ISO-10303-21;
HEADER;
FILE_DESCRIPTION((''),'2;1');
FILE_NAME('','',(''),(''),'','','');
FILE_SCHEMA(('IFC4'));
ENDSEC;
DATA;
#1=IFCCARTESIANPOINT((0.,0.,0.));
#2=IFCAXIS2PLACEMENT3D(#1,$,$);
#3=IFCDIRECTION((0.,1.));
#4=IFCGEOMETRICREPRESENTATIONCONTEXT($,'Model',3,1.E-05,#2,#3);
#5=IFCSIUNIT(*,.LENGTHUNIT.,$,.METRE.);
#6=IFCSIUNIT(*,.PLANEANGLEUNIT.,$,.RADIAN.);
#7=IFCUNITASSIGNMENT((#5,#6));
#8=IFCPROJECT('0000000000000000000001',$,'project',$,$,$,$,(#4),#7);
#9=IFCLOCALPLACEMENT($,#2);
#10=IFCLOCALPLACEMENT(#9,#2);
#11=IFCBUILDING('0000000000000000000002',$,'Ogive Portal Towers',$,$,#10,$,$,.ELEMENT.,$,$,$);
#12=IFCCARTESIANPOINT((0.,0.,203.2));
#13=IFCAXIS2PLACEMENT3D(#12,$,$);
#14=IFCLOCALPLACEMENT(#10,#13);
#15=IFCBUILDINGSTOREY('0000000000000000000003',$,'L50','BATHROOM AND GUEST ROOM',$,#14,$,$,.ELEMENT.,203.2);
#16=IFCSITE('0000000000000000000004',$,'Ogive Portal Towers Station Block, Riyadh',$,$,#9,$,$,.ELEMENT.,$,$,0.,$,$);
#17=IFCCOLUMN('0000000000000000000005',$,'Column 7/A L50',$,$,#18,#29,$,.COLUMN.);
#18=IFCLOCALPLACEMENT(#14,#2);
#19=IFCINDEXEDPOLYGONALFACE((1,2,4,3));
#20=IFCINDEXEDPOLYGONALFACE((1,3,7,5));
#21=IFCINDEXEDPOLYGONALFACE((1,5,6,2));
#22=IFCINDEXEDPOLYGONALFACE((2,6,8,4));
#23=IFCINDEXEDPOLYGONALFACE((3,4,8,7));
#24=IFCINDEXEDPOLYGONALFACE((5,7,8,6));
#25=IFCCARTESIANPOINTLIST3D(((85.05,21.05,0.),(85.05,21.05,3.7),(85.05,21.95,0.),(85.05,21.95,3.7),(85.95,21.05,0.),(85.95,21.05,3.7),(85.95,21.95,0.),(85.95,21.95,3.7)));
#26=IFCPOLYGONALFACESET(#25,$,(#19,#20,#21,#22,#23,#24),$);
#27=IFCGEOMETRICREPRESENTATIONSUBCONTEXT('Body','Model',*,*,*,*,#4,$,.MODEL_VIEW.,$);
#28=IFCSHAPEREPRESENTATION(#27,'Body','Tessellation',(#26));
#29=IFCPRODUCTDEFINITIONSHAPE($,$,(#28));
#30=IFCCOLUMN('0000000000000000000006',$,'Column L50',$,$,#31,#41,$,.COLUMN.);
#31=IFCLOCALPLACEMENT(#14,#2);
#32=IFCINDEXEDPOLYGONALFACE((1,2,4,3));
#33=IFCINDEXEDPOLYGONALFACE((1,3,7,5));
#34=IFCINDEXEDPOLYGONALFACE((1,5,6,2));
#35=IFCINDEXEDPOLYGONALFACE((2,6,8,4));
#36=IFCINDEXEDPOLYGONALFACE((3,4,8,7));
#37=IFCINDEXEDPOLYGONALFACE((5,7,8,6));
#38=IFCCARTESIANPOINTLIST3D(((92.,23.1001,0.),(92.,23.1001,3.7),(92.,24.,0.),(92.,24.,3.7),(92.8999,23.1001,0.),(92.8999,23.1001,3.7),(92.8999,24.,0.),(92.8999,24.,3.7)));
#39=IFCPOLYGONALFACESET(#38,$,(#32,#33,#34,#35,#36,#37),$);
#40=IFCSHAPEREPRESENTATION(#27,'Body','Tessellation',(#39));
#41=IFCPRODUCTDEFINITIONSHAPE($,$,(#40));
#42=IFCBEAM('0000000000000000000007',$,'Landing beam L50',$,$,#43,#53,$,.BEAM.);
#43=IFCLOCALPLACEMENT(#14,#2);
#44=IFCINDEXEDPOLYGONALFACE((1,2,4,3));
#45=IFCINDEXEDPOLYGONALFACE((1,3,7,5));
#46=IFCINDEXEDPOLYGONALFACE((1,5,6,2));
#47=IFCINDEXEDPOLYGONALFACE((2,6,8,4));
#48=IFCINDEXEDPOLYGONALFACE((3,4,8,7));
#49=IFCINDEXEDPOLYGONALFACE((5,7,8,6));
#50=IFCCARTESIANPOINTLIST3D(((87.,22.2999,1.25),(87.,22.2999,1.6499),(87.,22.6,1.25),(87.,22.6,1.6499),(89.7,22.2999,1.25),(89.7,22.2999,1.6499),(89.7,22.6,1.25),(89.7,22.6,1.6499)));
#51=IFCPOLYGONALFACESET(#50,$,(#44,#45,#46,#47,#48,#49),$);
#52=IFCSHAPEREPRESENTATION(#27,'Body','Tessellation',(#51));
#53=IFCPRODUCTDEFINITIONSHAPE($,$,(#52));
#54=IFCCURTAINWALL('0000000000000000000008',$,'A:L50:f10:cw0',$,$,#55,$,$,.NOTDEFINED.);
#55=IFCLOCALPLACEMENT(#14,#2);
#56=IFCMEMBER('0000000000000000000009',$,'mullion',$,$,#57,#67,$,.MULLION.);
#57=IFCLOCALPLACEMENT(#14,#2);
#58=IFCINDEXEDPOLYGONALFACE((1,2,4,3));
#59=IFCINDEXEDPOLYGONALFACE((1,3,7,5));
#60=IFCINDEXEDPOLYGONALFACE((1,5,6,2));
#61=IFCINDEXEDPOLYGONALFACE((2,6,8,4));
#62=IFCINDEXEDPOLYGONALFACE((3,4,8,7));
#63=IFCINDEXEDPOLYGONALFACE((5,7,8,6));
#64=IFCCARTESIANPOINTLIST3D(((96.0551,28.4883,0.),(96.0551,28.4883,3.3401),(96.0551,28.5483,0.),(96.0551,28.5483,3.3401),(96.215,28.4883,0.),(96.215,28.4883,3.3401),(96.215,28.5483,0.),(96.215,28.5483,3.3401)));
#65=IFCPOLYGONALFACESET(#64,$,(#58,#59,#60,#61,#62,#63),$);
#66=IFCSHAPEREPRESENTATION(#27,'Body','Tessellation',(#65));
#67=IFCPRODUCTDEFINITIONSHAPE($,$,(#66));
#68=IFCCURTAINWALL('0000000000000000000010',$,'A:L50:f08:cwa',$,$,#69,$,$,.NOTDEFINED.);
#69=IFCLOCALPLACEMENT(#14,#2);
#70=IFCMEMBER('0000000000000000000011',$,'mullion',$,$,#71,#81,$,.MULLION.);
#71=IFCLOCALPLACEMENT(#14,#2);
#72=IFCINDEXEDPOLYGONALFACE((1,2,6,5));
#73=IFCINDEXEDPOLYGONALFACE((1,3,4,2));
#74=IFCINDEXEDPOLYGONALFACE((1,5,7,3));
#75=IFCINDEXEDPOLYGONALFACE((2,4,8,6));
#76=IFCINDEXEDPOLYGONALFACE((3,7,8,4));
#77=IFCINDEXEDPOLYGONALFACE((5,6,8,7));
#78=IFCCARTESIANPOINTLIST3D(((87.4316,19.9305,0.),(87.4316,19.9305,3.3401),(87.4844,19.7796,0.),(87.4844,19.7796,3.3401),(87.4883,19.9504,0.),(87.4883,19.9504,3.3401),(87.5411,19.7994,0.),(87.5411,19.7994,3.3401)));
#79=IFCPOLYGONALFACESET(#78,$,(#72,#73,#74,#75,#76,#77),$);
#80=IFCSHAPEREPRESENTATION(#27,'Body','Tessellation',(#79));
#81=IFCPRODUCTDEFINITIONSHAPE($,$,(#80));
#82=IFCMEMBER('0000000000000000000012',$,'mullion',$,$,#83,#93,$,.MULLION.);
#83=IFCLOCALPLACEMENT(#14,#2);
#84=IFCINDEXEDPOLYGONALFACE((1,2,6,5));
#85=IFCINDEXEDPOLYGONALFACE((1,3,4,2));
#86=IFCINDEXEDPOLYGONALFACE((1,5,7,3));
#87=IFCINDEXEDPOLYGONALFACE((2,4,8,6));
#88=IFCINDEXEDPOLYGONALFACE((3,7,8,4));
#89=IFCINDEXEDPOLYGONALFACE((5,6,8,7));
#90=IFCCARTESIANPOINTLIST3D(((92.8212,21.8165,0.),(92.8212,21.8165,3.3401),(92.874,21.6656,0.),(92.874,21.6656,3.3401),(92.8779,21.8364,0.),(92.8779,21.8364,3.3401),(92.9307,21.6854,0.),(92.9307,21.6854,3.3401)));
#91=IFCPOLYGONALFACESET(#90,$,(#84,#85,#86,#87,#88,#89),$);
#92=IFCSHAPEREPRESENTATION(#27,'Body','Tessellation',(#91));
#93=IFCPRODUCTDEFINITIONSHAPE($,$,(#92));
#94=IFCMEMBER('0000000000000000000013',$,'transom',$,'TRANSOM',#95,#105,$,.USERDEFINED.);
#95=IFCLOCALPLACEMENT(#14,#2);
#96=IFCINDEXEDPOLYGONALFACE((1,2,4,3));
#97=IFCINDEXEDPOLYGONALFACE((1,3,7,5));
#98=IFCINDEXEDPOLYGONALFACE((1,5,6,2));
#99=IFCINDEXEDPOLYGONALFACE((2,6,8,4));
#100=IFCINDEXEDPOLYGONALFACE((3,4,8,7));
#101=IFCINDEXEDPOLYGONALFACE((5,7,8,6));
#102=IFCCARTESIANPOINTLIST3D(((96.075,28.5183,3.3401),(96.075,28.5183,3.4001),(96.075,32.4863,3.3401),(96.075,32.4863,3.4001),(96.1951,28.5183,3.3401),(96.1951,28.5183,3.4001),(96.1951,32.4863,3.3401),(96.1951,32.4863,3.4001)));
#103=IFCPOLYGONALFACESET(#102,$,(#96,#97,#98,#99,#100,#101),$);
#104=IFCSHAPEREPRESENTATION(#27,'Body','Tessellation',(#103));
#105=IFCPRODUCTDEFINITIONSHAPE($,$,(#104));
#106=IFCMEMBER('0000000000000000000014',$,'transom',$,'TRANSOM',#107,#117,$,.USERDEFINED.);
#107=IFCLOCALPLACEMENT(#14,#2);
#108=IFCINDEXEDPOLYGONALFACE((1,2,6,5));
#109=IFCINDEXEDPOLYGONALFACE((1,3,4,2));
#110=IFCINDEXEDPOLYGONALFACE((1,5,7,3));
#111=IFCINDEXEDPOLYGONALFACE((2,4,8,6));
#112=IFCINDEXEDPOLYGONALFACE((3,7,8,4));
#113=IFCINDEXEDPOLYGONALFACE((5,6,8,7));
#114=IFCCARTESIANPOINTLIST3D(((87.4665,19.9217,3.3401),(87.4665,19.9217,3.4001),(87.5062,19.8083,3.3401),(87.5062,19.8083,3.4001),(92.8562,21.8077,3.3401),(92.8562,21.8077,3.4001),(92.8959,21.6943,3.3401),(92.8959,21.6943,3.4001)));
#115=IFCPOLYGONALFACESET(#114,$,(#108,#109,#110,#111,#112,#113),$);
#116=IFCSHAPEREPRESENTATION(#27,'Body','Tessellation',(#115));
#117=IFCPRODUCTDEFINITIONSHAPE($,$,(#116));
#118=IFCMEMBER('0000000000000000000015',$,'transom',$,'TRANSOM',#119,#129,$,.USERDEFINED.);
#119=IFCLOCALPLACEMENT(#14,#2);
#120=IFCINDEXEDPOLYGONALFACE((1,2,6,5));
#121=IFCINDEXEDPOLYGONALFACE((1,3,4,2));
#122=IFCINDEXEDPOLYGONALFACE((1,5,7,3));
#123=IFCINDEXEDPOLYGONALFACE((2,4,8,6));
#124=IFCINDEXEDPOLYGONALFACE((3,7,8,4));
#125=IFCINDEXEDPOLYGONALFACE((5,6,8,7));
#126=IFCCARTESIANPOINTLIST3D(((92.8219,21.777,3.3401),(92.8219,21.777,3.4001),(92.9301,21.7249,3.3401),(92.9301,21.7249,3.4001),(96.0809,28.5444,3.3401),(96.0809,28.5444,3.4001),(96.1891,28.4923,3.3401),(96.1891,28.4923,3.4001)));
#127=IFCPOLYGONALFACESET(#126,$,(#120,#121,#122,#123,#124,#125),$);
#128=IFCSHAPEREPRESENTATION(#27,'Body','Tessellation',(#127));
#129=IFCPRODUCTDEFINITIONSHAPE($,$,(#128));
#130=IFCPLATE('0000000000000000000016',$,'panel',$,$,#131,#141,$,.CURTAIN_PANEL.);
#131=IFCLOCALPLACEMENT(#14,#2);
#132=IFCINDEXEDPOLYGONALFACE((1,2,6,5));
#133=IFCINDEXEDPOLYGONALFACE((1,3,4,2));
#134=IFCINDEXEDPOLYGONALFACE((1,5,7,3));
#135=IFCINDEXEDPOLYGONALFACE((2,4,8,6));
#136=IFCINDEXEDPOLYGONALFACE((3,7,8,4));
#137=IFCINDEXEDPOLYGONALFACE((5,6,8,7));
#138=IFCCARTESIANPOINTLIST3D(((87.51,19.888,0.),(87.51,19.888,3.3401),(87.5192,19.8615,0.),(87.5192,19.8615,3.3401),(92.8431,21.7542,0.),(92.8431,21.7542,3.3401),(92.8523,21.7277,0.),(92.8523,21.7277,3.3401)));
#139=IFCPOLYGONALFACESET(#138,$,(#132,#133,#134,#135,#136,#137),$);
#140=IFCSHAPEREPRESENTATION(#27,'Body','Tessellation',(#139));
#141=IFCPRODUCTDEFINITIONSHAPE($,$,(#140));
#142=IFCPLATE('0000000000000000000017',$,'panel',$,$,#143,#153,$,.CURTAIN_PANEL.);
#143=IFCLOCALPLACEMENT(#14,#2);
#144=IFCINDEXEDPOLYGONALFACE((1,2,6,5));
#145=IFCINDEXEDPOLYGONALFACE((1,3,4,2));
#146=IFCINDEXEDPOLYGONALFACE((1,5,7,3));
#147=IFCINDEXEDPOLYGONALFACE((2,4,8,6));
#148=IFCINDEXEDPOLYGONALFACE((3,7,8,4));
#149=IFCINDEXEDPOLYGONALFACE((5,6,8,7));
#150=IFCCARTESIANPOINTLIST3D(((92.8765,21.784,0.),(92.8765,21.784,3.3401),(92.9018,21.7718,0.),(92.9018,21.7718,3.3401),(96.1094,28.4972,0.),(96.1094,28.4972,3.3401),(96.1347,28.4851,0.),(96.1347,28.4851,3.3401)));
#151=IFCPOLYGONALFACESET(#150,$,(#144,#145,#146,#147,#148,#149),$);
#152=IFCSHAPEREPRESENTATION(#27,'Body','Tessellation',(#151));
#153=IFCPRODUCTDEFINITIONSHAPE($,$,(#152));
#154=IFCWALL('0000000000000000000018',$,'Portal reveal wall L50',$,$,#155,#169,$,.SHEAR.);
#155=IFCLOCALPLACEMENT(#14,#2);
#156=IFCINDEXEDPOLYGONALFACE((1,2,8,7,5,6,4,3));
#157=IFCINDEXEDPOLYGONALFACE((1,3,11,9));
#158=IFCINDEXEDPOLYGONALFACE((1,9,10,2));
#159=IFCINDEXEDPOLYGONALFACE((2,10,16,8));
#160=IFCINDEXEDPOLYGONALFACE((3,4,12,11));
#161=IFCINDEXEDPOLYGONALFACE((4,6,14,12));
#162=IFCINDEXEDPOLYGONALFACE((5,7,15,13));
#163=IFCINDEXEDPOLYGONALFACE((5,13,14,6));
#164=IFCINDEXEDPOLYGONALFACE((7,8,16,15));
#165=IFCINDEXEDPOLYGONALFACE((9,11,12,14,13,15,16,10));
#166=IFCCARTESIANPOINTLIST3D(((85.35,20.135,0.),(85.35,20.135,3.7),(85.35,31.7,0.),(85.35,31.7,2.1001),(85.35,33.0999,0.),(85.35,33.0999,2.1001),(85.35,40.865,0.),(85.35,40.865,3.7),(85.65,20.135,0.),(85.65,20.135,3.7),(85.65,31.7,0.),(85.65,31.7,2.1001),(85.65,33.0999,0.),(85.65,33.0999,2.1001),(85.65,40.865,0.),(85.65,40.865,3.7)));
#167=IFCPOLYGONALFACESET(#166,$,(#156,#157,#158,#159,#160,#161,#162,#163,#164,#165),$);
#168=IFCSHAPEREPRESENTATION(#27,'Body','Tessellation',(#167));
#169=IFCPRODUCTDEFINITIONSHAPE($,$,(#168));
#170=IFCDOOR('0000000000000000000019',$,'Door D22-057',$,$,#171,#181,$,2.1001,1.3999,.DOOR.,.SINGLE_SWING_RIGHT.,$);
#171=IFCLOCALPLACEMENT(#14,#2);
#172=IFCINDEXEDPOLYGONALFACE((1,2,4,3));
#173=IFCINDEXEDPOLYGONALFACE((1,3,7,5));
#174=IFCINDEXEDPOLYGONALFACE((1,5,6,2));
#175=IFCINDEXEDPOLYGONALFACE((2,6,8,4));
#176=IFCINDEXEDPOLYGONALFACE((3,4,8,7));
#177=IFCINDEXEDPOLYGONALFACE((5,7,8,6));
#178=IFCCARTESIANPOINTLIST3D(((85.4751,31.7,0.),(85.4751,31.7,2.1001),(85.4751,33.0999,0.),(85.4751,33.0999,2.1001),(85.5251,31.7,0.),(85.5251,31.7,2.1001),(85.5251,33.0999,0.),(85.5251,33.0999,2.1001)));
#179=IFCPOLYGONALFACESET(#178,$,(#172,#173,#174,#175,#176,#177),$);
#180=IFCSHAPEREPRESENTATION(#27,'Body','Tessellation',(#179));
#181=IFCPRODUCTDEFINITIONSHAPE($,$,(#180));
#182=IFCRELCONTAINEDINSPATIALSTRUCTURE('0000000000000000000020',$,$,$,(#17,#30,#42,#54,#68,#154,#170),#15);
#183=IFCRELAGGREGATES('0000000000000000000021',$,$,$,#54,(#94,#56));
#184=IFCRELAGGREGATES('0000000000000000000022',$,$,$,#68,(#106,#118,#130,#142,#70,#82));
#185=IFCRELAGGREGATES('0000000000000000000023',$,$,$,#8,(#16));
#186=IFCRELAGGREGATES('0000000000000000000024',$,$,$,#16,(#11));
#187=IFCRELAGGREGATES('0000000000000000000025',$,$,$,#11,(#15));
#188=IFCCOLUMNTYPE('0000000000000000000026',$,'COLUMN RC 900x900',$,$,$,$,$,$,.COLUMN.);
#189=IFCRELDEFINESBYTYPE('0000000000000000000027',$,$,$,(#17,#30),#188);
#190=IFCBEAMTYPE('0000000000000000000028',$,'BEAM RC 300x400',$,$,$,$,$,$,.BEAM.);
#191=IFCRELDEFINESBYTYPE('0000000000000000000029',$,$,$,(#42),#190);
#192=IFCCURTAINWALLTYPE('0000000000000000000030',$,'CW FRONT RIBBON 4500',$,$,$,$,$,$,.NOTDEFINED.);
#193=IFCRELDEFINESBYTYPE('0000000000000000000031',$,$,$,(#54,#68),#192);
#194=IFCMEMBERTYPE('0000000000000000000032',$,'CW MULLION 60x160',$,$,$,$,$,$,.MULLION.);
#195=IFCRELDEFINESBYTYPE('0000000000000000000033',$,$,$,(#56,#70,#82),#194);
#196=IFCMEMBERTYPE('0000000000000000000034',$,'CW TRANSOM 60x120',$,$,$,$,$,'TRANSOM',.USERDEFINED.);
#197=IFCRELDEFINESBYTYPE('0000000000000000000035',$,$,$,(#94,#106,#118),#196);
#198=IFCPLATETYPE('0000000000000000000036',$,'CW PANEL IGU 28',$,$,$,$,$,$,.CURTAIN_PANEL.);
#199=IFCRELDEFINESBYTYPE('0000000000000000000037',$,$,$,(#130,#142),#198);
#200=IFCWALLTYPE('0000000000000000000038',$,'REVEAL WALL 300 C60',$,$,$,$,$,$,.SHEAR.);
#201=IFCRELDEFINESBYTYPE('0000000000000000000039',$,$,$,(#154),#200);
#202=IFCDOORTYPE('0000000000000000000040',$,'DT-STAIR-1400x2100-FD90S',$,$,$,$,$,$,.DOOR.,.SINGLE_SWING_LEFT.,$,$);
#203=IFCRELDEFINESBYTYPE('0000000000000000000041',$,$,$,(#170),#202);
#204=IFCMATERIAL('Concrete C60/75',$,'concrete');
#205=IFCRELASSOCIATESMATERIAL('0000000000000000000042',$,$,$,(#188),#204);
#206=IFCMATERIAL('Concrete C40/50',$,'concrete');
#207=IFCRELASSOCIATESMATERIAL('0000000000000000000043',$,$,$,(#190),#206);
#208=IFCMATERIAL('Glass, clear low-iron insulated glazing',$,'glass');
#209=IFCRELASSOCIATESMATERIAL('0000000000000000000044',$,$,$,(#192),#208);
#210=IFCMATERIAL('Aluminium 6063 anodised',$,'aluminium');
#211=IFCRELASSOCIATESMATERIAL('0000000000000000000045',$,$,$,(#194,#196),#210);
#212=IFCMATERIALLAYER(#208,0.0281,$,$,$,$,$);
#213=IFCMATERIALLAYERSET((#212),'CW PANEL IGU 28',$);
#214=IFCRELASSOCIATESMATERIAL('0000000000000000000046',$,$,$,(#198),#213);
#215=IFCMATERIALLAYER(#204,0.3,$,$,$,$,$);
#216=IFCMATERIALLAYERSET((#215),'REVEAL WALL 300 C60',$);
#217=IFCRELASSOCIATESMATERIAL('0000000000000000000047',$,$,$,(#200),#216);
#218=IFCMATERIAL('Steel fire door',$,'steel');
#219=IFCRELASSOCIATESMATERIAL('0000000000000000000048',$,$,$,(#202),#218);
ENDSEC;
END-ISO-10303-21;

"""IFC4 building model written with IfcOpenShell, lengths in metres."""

from ifc_helpers import new_model, si_unit, direction, frame, frame_2d, origin, origin_2d, place, context, subcontext, project, spatial, rectangle, extrude, material, layer, layer_set, material_profile, profile_set, type_object, element, fill, aggregate, save


model = new_model("IFC4")

# Units and contexts
model_context = context("Model", 3, precision=1e-05, world=origin(), true_north=direction((0.0, 1.0)))
body_context = subcontext(model_context, "Body", "Model", "MODEL_VIEW")
ifc_project = project(units=[si_unit("LENGTHUNIT", "METRE"), si_unit("PLANEANGLEUNIT", "RADIAN")], contexts=[model_context])

# Site, building, storey
site_placement = place(None, origin())
site = spatial("IfcSite", under=ifc_project, at=site_placement, Name="Ogive Portal Towers Station Block, Riyadh", CompositionType="ELEMENT", RefElevation=0.0)
building_placement = place(site_placement, origin())
building = spatial("IfcBuilding", under=site, at=building_placement, Name="Ogive Portal Towers", CompositionType="ELEMENT")
storey_placement = place(building_placement, frame((0.0, 0.0, 203.2)))
storey = spatial("IfcBuildingStorey", under=building, at=storey_placement, Name="L50", Description="BATHROOM AND GUEST ROOM", CompositionType="ELEMENT", Elevation=203.2)

# Columns
ifc_material_1 = material(Name="Concrete C60/75", Category="concrete")
ifc_material_profile_1 = material_profile(ifc_material_1, rectangle(XDim=0.8999, YDim=0.8999, at=origin_2d()), Name="RC 900x900")
ifc_profile_set_1 = profile_set([ifc_material_profile_1], Name="Concrete C60/75")
column_type = type_object("IfcColumnType", Name="COLUMN RC 900x900", PredefinedType="COLUMN", material=ifc_profile_set_1)
for number, where, z_axis, x_axis, name in (
    (1, (85.5, 21.5, 0.0), (0.0, 0.0, 1.0), (1.0, 0.0, 0.0), "Column 7/A L50"),
    (2, (92.45, 23.55, 0.0), (0.0, 0.0, 1.0), (1.0, 0.0, 0.0), "Column L50"),
):
    element("IfcColumn", number, at=place(storey_placement, frame(where, z_axis=z_axis, x_axis=x_axis)), inside=storey, type_object=column_type, Name=name, PredefinedType="COLUMN", context=body_context, shape_type="SweptSolid", body=[
        extrude(rectangle(XDim=0.8999, YDim=0.8999, at=origin_2d()), origin(), (0.0, 0.0, 1.0), 3.7),
    ])

# Beam
ifc_material_2 = material(Name="Concrete C40/50", Category="concrete")
ifc_material_profile_2 = material_profile(ifc_material_2, rectangle(XDim=0.3, YDim=0.3999, at=origin_2d()), Name="RC 300x400")
ifc_profile_set_2 = profile_set([ifc_material_profile_2], Name="Concrete C40/50")
beam_type = type_object("IfcBeamType", Name="BEAM RC 300x400", PredefinedType="BEAM", material=ifc_profile_set_2)
beam_placement = place(storey_placement, frame((87.0, 22.45, 1.45), z_axis=(1.0, 0.0, 0.0), x_axis=(0.0, 1.0, 0.0)))
element("IfcBeam", 3, at=beam_placement, inside=storey, type_object=beam_type, Name="Landing beam L50", PredefinedType="BEAM", context=body_context, shape_type="SweptSolid", body=[
    extrude(rectangle(XDim=0.3, YDim=0.3999, at=origin_2d()), origin(), (0.0, 0.0, 1.0), 2.7),
])

# Curtain wall, member
ifc_material_3 = material(Name="Glass, clear low-iron insulated glazing", Category="glass")
curtain_wall_type = type_object("IfcCurtainWallType", Name="CW FRONT RIBBON 4500", PredefinedType="NOTDEFINED", material=ifc_material_3)
curtain_wall_1_placement = place(storey_placement, origin())
curtain_wall_1 = element("IfcCurtainWall", 4, at=curtain_wall_1_placement, inside=storey, type_object=curtain_wall_type, Name="A:L50:f10:cw0", PredefinedType="NOTDEFINED")
ifc_material_4 = material(Name="Aluminium 6063 anodised", Category="aluminium")
ifc_material_profile_3 = material_profile(ifc_material_4, rectangle(XDim=0.1599, YDim=0.0601, at=origin_2d()), Name="AL 60x160")
ifc_profile_set_3 = profile_set([ifc_material_profile_3], Name="Aluminium 6063 anodised")
member_type_1 = type_object("IfcMemberType", Name="CW MULLION 60x160", PredefinedType="MULLION", material=ifc_profile_set_3)
member_1_placement = place(storey_placement, frame((96.135, 28.5183, 0.0), z_axis=(0.0, 0.0, 1.0), x_axis=(-1.0, 0.0, 0.0)))
member_1 = element("IfcMember", 5, at=member_1_placement, type_object=member_type_1, Name="mullion", PredefinedType="MULLION", context=body_context, shape_type="SweptSolid", body=[
    extrude(rectangle(XDim=0.1599, YDim=0.0601, at=origin_2d()), origin(), (0.0, 0.0, 1.0), 3.3401),
])

# Curtain wall, members
curtain_wall_2_placement = place(storey_placement, origin())
curtain_wall_2 = element("IfcCurtainWall", 6, at=curtain_wall_2_placement, inside=storey, type_object=curtain_wall_type, Name="A:L50:f08:cwa", PredefinedType="NOTDEFINED")
member_2_placement = place(storey_placement, frame((87.4863, 19.865, 0.0), z_axis=(0.0, 0.0, 1.0), x_axis=(-0.330279, 0.943883, 0.0)))
member_2 = element("IfcMember", 7, at=member_2_placement, type_object=member_type_1, Name="mullion", PredefinedType="MULLION", context=body_context, shape_type="SweptSolid", body=[
    extrude(rectangle(XDim=0.1599, YDim=0.0601, at=origin_2d()), origin(), (0.0, 0.0, 1.0), 3.3401),
])
member_3_placement = place(storey_placement, frame((92.876, 21.751, 0.0), z_axis=(0.0, 0.0, 1.0), x_axis=(-0.330279, 0.943883, 0.0)))
member_3 = element("IfcMember", 8, at=member_3_placement, type_object=member_type_1, Name="mullion", PredefinedType="MULLION", context=body_context, shape_type="SweptSolid", body=[
    extrude(rectangle(XDim=0.1599, YDim=0.0601, at=origin_2d()), origin(), (0.0, 0.0, 1.0), 3.3401),
])

# Members
ifc_material_profile_4 = material_profile(ifc_material_4, rectangle(XDim=0.1201, YDim=0.0601, at=origin_2d()), Name="AL 120x60")
ifc_profile_set_4 = profile_set([ifc_material_profile_4], Name="Aluminium 6063 anodised")
member_type_2 = type_object("IfcMemberType", Name="CW TRANSOM 60x120", ElementType="TRANSOM", PredefinedType="USERDEFINED", material=ifc_profile_set_4)
member_4_placement = place(storey_placement, frame((96.135, 28.5183, 3.3701), z_axis=(0.0, 1.0, 0.0), x_axis=(-1.0, 0.0, 0.0)))
member_4 = element("IfcMember", 9, at=member_4_placement, type_object=member_type_2, Name="transom", ObjectType="TRANSOM", PredefinedType="USERDEFINED", context=body_context, shape_type="SweptSolid", body=[
    extrude(rectangle(XDim=0.1201, YDim=0.0601, at=origin_2d()), origin(), (0.0, 0.0, 1.0), 3.968),
])
aggregate(curtain_wall_1, [member_4, member_1])
member_5_placement = place(storey_placement, frame((87.4863, 19.865, 3.3701), z_axis=(0.94388, 0.330289, 0.0), x_axis=(-0.330289, 0.94388, 0.0)))
member_5 = element("IfcMember", 10, at=member_5_placement, type_object=member_type_2, Name="transom", ObjectType="TRANSOM", PredefinedType="USERDEFINED", context=body_context, shape_type="SweptSolid", body=[
    extrude(rectangle(XDim=0.1201, YDim=0.0601, at=origin_2d()), origin(), (0.0, 0.0, 1.0), 5.7102),
])
member_6_placement = place(storey_placement, frame((92.876, 21.751, 3.3701), z_axis=(0.43389, 0.900966, 0.0), x_axis=(-0.900966, 0.43389, 0.0)))
member_6 = element("IfcMember", 11, at=member_6_placement, type_object=member_type_2, Name="transom", ObjectType="TRANSOM", PredefinedType="USERDEFINED", context=body_context, shape_type="SweptSolid", body=[
    extrude(rectangle(XDim=0.1201, YDim=0.0601, at=origin_2d()), origin(), (0.0, 0.0, 1.0), 7.5112),
])

# Plates
ifc_layer_1 = layer(ifc_material_3, 0.0281)
ifc_layer_set_1 = layer_set([ifc_layer_1], Name="CW PANEL IGU 28")
plate_type = type_object("IfcPlateType", Name="CW PANEL IGU 28", PredefinedType="CURTAIN_PANEL", material=ifc_layer_set_1)
plate_1_placement = place(storey_placement, frame((90.1812, 20.8079, 0.0), z_axis=(0.0, 0.0, 1.0), x_axis=(0.943883, 0.330279, 0.0)))
plate_1 = element("IfcPlate", 12, at=plate_1_placement, type_object=plate_type, Name="panel", PredefinedType="CURTAIN_PANEL", context=body_context, shape_type="SweptSolid", body=[
    extrude(rectangle(XDim=5.6501, YDim=0.0281, at=origin_2d()), origin(), (0.0, 0.0, 1.0), 3.3401),
])
plate_2_placement = place(storey_placement, frame((94.5056, 25.1345, 0.0), z_axis=(0.0, 0.0, 1.0), x_axis=(0.433884, 0.900969, 0.0)))
plate_2 = element("IfcPlate", 13, at=plate_2_placement, type_object=plate_type, Name="panel", PredefinedType="CURTAIN_PANEL", context=body_context, shape_type="SweptSolid", body=[
    extrude(rectangle(XDim=7.4512, YDim=0.0281, at=origin_2d()), origin(), (0.0, 0.0, 1.0), 3.3401),
])
aggregate(curtain_wall_2, [member_5, member_6, plate_1, plate_2, member_2, member_3])

# Wall, opening, door
ifc_layer_2 = layer(ifc_material_1, 0.3)
ifc_layer_set_2 = layer_set([ifc_layer_2], Name="REVEAL WALL 300 C60")
wall_type_1 = type_object("IfcWallType", Name="REVEAL WALL 300 C60", PredefinedType="SHEAR", material=ifc_layer_set_2)
wall_1_placement = place(storey_placement, frame((85.5, 20.135, 0.0), z_axis=(0.0, 0.0, 1.0), x_axis=(0.0, 1.0, 0.0)))
wall_1 = element("IfcWall", 14, at=wall_1_placement, inside=storey, type_object=wall_type_1, Name="Portal reveal wall L50", PredefinedType="SHEAR", context=body_context, shape_type="SweptSolid", body=[
    extrude(rectangle(XDim=20.73, YDim=0.3, at=frame_2d((10.365, 0.0))), origin(), (0.0, 0.0, 1.0), 3.7),
])
opening_1_placement = place(wall_1_placement, frame((11.5649, 0.0, 0.0)))
opening_1 = element("IfcOpeningElement", 15, at=opening_1_placement, cuts=wall_1, PredefinedType="OPENING", context=body_context, shape_type="SweptSolid", body=[
    extrude(rectangle(XDim=1.3999, YDim=2.1001, at=frame_2d((0.7, 1.05))), frame((0.0, 0.1602, 0.0), z_axis=(0.0, -1.0, 0.0), x_axis=(1.0, 0.0, 0.0)), (0.0, 0.0, 1.0), 0.3201),
])
ifc_material_5 = material(Name="Steel fire door", Category="steel")
door_type_1 = type_object("IfcDoorType", Name="DT-STAIR-1400x2100-FD90S", OperationType="SINGLE_SWING_LEFT", PredefinedType="DOOR", material=ifc_material_5)
door_1_placement = place(opening_1_placement, origin())
door_1 = element("IfcDoor", 16, at=door_1_placement, inside=storey, type_object=door_type_1, Name="Door D22-057", OperationType="SINGLE_SWING_RIGHT", OverallHeight=2.1001, OverallWidth=1.3999, PredefinedType="DOOR", context=body_context, shape_type="SweptSolid", body=[
    extrude(rectangle(XDim=1.3999, YDim=2.1001, at=frame_2d((0.7, 1.05))), frame((0.0, 0.0249, 0.0), z_axis=(0.0, -1.0, 0.0), x_axis=(1.0, 0.0, 0.0)), (0.0, 0.0, 1.0), 0.05),
])
fill(opening_1, door_1)

save(model, "model.ifc")
